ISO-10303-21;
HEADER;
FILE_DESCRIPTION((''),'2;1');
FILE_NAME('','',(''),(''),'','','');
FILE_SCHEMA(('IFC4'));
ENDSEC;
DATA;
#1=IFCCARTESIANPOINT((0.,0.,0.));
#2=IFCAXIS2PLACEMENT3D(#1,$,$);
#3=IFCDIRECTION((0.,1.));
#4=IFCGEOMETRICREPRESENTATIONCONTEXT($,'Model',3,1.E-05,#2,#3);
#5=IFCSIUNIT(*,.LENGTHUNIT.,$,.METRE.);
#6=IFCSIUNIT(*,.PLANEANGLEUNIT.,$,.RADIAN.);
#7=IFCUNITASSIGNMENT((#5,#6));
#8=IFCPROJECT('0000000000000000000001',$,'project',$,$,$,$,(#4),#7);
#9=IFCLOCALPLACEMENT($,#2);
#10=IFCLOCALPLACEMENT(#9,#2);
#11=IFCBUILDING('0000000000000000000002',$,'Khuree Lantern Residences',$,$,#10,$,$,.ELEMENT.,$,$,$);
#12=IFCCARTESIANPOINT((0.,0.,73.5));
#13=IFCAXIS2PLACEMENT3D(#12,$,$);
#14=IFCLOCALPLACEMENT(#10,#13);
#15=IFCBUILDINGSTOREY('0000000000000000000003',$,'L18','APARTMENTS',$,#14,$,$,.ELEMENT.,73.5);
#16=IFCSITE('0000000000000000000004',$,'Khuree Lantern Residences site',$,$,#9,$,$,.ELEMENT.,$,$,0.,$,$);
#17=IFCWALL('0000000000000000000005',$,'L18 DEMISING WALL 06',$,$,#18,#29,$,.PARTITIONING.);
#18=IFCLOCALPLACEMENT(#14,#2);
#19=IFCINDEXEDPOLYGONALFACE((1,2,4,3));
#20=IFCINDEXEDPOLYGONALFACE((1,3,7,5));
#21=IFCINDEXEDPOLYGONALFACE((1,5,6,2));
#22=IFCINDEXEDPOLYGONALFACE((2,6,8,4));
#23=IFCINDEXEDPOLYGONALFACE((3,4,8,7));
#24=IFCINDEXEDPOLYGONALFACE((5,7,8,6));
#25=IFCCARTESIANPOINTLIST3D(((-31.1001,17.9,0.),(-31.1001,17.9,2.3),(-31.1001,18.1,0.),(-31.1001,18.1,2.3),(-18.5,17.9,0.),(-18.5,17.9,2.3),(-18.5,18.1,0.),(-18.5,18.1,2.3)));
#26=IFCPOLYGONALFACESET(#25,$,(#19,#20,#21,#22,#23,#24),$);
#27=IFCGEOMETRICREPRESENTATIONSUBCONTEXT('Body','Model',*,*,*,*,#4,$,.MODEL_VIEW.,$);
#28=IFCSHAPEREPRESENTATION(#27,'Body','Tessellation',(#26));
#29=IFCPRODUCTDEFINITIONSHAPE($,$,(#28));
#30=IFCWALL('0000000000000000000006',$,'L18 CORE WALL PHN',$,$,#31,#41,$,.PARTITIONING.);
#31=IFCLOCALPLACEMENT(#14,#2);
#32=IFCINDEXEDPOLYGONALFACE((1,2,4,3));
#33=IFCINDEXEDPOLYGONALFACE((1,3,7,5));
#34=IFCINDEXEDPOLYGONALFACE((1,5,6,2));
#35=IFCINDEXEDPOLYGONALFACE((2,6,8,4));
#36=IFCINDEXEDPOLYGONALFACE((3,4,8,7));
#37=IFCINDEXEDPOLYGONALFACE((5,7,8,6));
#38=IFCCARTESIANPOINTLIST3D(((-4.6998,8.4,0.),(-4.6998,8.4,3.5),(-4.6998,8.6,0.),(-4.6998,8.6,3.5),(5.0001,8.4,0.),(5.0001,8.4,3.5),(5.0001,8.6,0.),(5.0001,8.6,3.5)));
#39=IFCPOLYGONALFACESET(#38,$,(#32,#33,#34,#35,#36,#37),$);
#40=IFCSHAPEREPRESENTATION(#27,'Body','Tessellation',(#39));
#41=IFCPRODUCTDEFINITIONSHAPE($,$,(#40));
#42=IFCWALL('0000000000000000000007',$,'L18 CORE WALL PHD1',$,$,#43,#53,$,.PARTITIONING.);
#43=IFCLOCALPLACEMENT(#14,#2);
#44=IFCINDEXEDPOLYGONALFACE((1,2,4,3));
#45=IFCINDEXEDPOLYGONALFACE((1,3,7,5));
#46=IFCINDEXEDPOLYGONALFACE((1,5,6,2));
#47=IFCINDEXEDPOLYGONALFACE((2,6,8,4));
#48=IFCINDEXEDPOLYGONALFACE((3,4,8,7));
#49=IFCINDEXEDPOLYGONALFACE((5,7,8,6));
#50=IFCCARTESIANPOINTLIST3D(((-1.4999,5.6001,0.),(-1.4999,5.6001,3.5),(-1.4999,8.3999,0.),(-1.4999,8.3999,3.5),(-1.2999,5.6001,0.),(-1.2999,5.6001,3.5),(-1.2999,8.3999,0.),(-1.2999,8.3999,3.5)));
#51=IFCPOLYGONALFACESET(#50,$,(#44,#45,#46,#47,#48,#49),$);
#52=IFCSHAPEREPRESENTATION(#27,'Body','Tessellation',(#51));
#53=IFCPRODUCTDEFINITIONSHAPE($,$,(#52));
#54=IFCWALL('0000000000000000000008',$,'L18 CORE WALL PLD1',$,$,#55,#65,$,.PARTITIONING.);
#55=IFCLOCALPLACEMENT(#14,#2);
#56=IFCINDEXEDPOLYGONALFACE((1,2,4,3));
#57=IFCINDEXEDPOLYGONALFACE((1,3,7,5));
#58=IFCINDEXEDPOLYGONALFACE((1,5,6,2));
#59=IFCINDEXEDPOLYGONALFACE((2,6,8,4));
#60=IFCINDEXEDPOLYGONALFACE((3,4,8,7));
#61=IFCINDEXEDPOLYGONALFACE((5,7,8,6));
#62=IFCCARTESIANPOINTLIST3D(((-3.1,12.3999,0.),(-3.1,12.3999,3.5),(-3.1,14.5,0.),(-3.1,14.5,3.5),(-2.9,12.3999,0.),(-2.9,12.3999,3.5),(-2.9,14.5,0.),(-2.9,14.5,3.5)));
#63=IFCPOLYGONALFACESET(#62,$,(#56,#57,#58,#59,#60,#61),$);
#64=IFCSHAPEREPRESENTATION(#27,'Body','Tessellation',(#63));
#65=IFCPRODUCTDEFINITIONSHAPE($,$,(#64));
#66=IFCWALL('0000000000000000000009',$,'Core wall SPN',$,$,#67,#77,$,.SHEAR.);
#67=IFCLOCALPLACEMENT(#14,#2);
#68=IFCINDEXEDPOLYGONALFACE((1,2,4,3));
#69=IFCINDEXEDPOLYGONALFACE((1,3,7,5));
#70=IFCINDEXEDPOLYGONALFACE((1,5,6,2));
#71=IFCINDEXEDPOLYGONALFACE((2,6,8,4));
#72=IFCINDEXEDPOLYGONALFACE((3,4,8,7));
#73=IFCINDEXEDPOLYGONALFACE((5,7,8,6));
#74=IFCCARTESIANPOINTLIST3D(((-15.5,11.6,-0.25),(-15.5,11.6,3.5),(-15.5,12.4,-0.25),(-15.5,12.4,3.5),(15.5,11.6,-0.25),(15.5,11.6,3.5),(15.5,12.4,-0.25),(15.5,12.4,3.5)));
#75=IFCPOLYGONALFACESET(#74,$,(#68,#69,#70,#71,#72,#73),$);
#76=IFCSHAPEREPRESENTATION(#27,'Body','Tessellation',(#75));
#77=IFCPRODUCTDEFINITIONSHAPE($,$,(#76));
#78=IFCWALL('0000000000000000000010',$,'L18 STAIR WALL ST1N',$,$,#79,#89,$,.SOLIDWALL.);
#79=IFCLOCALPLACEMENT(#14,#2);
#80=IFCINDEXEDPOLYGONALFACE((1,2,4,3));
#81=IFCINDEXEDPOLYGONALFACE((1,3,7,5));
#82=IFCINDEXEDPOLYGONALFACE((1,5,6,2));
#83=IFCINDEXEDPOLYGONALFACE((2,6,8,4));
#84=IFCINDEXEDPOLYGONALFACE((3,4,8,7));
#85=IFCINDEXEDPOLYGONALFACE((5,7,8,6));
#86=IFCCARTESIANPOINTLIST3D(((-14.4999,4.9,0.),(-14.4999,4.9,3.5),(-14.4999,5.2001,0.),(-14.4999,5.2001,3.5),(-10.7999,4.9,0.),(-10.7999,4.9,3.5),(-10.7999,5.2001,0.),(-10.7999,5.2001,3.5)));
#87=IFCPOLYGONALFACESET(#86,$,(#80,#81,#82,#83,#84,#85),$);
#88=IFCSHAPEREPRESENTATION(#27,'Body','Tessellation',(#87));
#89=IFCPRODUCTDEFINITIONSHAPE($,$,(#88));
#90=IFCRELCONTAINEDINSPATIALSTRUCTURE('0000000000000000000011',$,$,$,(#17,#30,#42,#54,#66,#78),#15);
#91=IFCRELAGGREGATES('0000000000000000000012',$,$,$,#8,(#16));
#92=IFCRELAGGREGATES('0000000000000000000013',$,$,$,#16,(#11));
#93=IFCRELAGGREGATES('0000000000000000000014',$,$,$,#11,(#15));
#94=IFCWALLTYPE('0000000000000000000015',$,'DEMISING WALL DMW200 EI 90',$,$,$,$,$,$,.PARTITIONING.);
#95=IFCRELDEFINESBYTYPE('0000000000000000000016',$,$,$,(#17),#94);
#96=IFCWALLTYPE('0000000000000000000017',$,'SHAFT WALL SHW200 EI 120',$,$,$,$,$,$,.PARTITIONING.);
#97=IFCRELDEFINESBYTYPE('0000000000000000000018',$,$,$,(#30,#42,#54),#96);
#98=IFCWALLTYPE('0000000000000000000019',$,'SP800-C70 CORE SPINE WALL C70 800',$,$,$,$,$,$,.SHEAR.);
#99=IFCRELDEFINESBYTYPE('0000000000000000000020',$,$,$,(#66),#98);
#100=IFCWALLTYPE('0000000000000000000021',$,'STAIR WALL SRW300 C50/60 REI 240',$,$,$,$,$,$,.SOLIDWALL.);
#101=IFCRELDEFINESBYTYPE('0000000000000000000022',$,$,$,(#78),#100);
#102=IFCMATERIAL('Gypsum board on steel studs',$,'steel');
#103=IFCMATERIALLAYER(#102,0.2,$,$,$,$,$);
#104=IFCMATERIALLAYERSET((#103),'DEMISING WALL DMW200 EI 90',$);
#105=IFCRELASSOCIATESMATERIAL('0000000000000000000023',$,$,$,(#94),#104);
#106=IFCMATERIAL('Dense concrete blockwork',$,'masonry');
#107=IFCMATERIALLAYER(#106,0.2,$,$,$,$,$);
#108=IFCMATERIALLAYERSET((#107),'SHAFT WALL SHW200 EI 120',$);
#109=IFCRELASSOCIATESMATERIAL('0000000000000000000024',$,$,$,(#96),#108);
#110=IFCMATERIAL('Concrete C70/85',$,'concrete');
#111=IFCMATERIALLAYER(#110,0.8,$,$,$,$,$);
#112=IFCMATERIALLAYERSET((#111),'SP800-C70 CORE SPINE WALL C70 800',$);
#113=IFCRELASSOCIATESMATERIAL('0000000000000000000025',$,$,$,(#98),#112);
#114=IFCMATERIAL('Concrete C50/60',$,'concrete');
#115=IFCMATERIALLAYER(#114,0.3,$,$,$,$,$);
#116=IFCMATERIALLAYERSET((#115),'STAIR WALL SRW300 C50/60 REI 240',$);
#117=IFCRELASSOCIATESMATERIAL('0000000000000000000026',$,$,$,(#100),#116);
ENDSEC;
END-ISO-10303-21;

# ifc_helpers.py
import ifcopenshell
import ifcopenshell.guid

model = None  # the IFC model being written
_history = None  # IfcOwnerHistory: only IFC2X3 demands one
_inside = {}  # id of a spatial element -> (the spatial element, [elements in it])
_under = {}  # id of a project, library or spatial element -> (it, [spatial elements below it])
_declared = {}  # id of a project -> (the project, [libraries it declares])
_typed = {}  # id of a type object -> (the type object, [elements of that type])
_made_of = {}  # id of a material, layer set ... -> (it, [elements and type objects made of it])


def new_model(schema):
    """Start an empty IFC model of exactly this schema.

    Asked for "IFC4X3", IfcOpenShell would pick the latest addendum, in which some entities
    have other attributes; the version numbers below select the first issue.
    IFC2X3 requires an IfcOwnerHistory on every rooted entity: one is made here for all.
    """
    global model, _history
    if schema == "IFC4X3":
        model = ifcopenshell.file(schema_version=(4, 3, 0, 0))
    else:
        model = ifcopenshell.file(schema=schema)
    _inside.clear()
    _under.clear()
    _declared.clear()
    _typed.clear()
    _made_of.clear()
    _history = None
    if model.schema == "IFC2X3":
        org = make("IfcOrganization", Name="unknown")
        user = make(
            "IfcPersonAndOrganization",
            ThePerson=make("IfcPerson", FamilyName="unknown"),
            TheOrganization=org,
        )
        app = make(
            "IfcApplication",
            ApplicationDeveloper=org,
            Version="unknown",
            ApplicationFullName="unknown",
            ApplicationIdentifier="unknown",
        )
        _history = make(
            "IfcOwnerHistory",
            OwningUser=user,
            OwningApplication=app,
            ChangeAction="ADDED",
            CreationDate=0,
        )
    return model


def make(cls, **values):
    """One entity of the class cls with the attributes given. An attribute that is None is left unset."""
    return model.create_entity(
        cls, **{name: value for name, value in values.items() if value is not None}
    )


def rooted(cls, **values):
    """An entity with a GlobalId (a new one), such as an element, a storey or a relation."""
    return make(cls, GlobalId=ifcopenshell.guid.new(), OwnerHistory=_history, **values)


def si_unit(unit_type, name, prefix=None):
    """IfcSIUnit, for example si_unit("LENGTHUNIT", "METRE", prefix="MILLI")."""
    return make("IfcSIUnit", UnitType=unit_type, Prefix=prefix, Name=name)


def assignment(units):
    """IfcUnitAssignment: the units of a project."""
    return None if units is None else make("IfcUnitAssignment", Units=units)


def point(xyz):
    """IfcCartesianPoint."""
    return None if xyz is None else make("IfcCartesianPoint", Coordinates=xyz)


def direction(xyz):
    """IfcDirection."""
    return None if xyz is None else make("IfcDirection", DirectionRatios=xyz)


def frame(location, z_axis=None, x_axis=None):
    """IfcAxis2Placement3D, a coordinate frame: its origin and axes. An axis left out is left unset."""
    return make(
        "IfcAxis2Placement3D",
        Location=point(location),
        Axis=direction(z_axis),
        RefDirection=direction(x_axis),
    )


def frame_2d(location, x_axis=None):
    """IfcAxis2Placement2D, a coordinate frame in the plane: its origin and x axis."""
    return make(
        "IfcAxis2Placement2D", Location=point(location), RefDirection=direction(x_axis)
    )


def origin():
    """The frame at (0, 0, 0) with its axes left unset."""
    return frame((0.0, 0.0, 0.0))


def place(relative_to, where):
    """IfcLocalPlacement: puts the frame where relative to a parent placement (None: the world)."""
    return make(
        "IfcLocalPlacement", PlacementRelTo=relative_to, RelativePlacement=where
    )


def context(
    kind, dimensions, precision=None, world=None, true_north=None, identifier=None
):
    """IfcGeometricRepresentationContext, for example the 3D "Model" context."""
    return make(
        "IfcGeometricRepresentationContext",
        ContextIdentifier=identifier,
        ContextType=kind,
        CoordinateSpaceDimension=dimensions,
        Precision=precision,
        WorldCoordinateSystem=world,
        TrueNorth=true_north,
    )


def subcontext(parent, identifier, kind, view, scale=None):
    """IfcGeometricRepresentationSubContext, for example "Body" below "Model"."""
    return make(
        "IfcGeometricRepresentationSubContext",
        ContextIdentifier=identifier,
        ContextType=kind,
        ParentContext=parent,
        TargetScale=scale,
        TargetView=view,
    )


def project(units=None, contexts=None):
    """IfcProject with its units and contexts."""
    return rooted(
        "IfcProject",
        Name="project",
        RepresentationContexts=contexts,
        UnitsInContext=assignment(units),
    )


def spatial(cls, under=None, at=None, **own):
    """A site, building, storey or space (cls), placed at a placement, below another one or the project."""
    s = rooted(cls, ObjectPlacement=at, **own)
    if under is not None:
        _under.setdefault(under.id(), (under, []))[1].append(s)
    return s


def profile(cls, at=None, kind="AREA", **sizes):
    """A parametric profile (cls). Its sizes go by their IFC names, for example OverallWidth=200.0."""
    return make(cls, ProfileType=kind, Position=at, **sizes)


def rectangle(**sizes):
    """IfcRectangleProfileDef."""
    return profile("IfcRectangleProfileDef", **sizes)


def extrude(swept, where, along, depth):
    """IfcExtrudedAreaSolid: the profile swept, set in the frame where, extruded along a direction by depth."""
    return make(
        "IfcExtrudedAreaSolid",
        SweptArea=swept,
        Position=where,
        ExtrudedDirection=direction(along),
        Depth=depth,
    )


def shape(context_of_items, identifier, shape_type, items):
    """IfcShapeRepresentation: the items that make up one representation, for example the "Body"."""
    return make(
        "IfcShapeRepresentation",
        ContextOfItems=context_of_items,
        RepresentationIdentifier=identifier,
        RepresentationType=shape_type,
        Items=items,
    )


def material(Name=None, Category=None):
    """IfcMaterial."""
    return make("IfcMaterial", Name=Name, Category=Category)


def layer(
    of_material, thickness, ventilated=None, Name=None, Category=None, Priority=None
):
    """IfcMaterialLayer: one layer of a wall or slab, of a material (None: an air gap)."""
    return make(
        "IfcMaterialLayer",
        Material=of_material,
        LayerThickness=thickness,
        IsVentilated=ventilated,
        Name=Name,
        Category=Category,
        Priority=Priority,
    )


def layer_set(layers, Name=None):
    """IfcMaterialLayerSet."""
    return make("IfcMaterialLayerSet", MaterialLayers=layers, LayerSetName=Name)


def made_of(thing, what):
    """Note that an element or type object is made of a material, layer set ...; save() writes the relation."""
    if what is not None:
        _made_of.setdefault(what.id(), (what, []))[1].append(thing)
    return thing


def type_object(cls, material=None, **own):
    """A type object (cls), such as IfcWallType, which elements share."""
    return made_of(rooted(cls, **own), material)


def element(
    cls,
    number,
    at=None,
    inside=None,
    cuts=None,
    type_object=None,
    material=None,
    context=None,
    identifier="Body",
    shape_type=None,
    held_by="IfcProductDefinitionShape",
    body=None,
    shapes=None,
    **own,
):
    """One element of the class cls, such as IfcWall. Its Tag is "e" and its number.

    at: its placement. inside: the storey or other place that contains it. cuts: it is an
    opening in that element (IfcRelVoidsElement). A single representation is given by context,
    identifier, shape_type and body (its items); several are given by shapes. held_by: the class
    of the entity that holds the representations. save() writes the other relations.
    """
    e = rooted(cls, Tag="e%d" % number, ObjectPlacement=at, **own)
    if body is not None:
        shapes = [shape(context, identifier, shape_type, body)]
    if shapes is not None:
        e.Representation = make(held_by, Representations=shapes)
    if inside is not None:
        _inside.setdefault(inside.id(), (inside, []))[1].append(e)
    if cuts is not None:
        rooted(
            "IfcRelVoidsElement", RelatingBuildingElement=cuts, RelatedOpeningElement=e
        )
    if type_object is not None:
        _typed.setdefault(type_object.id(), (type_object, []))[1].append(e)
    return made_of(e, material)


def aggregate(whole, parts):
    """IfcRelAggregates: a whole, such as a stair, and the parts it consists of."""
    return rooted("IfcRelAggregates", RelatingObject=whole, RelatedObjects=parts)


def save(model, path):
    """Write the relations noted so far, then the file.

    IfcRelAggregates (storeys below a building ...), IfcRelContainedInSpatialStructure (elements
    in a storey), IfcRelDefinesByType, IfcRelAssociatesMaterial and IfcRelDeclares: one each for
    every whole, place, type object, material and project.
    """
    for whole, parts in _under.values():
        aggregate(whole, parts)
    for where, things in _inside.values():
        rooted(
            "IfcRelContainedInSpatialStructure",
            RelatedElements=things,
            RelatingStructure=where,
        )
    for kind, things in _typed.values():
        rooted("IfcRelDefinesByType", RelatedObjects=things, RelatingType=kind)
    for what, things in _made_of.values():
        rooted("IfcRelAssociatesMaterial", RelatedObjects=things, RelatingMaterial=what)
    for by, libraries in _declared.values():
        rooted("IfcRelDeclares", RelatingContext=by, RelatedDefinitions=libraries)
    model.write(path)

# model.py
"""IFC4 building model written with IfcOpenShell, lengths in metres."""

from ifc_helpers import new_model, si_unit, direction, frame, frame_2d, origin, place, context, subcontext, project, spatial, rectangle, extrude, material, layer, layer_set, type_object, element, save


model = new_model("IFC4")

# Units and contexts
model_context = context("Model", 3, precision=1e-05, world=origin(), true_north=direction((0.0, 1.0)))
body_context = subcontext(model_context, "Body", "Model", "MODEL_VIEW")
ifc_project = project(units=[si_unit("LENGTHUNIT", "METRE"), si_unit("PLANEANGLEUNIT", "RADIAN")], contexts=[model_context])

# Site, building, storey
site_placement = place(None, origin())
site = spatial("IfcSite", under=ifc_project, at=site_placement, Name="Khuree Lantern Residences site", CompositionType="ELEMENT", RefElevation=0.0)
building_placement = place(site_placement, origin())
building = spatial("IfcBuilding", under=site, at=building_placement, Name="Khuree Lantern Residences", CompositionType="ELEMENT")
storey_placement = place(building_placement, frame((0.0, 0.0, 73.5)))
storey = spatial("IfcBuildingStorey", under=building, at=storey_placement, Name="L18", Description="APARTMENTS", CompositionType="ELEMENT", Elevation=73.5)

# Shared definitions
ifc_material_1 = material(Name="Concrete C70/85", Category="concrete")

# Shared definitions
ifc_material_2 = material(Name="Dense concrete blockwork", Category="masonry")

# Shared definitions
ifc_material_3 = material(Name="Gypsum board on steel studs", Category="steel")

# Walls
ifc_layer_1 = layer(ifc_material_3, 0.2)
ifc_layer_set_1 = layer_set([ifc_layer_1], Name="DEMISING WALL DMW200 EI 90")
wall_type_1 = type_object("IfcWallType", Name="DEMISING WALL DMW200 EI 90", PredefinedType="PARTITIONING", material=ifc_layer_set_1)
wall_1_placement = place(storey_placement, frame((-18.5, 18.0, 0.0), z_axis=(0.0, 0.0, 1.0), x_axis=(-1.0, 0.0, 0.0)))
element("IfcWall", 1, at=wall_1_placement, inside=storey, type_object=wall_type_1, Name="L18 DEMISING WALL 06", PredefinedType="PARTITIONING", context=body_context, shape_type="SweptSolid", body=[
    extrude(rectangle(XDim=12.6001, YDim=0.2, at=frame_2d((6.3, 0.0))), origin(), (0.0, 0.0, 1.0), 2.3),
])
ifc_layer_2 = layer(ifc_material_2, 0.2)
ifc_layer_set_2 = layer_set([ifc_layer_2], Name="SHAFT WALL SHW200 EI 120")
wall_type_2 = type_object("IfcWallType", Name="SHAFT WALL SHW200 EI 120", PredefinedType="PARTITIONING", material=ifc_layer_set_2)
wall_2_placement = place(storey_placement, frame((-4.7, 8.5, 0.0), z_axis=(0.0, 0.0, 1.0), x_axis=(1.0, 0.0, 0.0)))
element("IfcWall", 2, at=wall_2_placement, inside=storey, type_object=wall_type_2, Name="L18 CORE WALL PHN", PredefinedType="PARTITIONING", context=body_context, shape_type="SweptSolid", body=[
    extrude(rectangle(XDim=9.7, YDim=0.2, at=frame_2d((4.8501, 0.0))), origin(), (0.0, 0.0, 1.0), 3.5),
])
wall_3_placement = place(storey_placement, frame((-1.3999, 5.6001, 0.0), z_axis=(0.0, 0.0, 1.0), x_axis=(0.0, 1.0, 0.0)))
element("IfcWall", 3, at=wall_3_placement, inside=storey, type_object=wall_type_2, Name="L18 CORE WALL PHD1", PredefinedType="PARTITIONING", context=body_context, shape_type="SweptSolid", body=[
    extrude(rectangle(XDim=2.7998, YDim=0.2, at=frame_2d((1.3999, 0.0))), origin(), (0.0, 0.0, 1.0), 3.5),
])
wall_4_placement = place(storey_placement, frame((-3.0, 12.3999, 0.0), z_axis=(0.0, 0.0, 1.0), x_axis=(0.0, 1.0, 0.0)))
element("IfcWall", 4, at=wall_4_placement, inside=storey, type_object=wall_type_2, Name="L18 CORE WALL PLD1", PredefinedType="PARTITIONING", context=body_context, shape_type="SweptSolid", body=[
    extrude(rectangle(XDim=2.1001, YDim=0.2, at=frame_2d((1.05, 0.0))), origin(), (0.0, 0.0, 1.0), 3.5),
])
ifc_layer_3 = layer(ifc_material_1, 0.8)
ifc_layer_set_3 = layer_set([ifc_layer_3], Name="SP800-C70 CORE SPINE WALL C70 800")
wall_type_3 = type_object("IfcWallType", Name="SP800-C70 CORE SPINE WALL C70 800", PredefinedType="SHEAR", material=ifc_layer_set_3)
wall_5_placement = place(storey_placement, frame((-15.5, 12.0, -0.25), z_axis=(0.0, 0.0, 1.0), x_axis=(1.0, 0.0, 0.0)))
element("IfcWall", 5, at=wall_5_placement, inside=storey, type_object=wall_type_3, Name="Core wall SPN", PredefinedType="SHEAR", context=body_context, shape_type="SweptSolid", body=[
    extrude(rectangle(XDim=31.0, YDim=0.8, at=frame_2d((15.5, 0.0))), origin(), (0.0, 0.0, 1.0), 3.75),
])
ifc_material_4 = material(Name="Concrete C50/60", Category="concrete")
ifc_layer_4 = layer(ifc_material_4, 0.3)
ifc_layer_set_4 = layer_set([ifc_layer_4], Name="STAIR WALL SRW300 C50/60 REI 240")
wall_type_4 = type_object("IfcWallType", Name="STAIR WALL SRW300 C50/60 REI 240", PredefinedType="SOLIDWALL", material=ifc_layer_set_4)
wall_6_placement = place(storey_placement, frame((-14.5, 5.05, 0.0), z_axis=(0.0, 0.0, 1.0), x_axis=(1.0, 0.0, 0.0)))
element("IfcWall", 6, at=wall_6_placement, inside=storey, type_object=wall_type_4, Name="L18 STAIR WALL ST1N", PredefinedType="SOLIDWALL", context=body_context, shape_type="SweptSolid", body=[
    extrude(rectangle(XDim=3.7, YDim=0.3, at=frame_2d((1.8501, 0.0))), origin(), (0.0, 0.0, 1.0), 3.5),
])

save(model, "model.ifc")
